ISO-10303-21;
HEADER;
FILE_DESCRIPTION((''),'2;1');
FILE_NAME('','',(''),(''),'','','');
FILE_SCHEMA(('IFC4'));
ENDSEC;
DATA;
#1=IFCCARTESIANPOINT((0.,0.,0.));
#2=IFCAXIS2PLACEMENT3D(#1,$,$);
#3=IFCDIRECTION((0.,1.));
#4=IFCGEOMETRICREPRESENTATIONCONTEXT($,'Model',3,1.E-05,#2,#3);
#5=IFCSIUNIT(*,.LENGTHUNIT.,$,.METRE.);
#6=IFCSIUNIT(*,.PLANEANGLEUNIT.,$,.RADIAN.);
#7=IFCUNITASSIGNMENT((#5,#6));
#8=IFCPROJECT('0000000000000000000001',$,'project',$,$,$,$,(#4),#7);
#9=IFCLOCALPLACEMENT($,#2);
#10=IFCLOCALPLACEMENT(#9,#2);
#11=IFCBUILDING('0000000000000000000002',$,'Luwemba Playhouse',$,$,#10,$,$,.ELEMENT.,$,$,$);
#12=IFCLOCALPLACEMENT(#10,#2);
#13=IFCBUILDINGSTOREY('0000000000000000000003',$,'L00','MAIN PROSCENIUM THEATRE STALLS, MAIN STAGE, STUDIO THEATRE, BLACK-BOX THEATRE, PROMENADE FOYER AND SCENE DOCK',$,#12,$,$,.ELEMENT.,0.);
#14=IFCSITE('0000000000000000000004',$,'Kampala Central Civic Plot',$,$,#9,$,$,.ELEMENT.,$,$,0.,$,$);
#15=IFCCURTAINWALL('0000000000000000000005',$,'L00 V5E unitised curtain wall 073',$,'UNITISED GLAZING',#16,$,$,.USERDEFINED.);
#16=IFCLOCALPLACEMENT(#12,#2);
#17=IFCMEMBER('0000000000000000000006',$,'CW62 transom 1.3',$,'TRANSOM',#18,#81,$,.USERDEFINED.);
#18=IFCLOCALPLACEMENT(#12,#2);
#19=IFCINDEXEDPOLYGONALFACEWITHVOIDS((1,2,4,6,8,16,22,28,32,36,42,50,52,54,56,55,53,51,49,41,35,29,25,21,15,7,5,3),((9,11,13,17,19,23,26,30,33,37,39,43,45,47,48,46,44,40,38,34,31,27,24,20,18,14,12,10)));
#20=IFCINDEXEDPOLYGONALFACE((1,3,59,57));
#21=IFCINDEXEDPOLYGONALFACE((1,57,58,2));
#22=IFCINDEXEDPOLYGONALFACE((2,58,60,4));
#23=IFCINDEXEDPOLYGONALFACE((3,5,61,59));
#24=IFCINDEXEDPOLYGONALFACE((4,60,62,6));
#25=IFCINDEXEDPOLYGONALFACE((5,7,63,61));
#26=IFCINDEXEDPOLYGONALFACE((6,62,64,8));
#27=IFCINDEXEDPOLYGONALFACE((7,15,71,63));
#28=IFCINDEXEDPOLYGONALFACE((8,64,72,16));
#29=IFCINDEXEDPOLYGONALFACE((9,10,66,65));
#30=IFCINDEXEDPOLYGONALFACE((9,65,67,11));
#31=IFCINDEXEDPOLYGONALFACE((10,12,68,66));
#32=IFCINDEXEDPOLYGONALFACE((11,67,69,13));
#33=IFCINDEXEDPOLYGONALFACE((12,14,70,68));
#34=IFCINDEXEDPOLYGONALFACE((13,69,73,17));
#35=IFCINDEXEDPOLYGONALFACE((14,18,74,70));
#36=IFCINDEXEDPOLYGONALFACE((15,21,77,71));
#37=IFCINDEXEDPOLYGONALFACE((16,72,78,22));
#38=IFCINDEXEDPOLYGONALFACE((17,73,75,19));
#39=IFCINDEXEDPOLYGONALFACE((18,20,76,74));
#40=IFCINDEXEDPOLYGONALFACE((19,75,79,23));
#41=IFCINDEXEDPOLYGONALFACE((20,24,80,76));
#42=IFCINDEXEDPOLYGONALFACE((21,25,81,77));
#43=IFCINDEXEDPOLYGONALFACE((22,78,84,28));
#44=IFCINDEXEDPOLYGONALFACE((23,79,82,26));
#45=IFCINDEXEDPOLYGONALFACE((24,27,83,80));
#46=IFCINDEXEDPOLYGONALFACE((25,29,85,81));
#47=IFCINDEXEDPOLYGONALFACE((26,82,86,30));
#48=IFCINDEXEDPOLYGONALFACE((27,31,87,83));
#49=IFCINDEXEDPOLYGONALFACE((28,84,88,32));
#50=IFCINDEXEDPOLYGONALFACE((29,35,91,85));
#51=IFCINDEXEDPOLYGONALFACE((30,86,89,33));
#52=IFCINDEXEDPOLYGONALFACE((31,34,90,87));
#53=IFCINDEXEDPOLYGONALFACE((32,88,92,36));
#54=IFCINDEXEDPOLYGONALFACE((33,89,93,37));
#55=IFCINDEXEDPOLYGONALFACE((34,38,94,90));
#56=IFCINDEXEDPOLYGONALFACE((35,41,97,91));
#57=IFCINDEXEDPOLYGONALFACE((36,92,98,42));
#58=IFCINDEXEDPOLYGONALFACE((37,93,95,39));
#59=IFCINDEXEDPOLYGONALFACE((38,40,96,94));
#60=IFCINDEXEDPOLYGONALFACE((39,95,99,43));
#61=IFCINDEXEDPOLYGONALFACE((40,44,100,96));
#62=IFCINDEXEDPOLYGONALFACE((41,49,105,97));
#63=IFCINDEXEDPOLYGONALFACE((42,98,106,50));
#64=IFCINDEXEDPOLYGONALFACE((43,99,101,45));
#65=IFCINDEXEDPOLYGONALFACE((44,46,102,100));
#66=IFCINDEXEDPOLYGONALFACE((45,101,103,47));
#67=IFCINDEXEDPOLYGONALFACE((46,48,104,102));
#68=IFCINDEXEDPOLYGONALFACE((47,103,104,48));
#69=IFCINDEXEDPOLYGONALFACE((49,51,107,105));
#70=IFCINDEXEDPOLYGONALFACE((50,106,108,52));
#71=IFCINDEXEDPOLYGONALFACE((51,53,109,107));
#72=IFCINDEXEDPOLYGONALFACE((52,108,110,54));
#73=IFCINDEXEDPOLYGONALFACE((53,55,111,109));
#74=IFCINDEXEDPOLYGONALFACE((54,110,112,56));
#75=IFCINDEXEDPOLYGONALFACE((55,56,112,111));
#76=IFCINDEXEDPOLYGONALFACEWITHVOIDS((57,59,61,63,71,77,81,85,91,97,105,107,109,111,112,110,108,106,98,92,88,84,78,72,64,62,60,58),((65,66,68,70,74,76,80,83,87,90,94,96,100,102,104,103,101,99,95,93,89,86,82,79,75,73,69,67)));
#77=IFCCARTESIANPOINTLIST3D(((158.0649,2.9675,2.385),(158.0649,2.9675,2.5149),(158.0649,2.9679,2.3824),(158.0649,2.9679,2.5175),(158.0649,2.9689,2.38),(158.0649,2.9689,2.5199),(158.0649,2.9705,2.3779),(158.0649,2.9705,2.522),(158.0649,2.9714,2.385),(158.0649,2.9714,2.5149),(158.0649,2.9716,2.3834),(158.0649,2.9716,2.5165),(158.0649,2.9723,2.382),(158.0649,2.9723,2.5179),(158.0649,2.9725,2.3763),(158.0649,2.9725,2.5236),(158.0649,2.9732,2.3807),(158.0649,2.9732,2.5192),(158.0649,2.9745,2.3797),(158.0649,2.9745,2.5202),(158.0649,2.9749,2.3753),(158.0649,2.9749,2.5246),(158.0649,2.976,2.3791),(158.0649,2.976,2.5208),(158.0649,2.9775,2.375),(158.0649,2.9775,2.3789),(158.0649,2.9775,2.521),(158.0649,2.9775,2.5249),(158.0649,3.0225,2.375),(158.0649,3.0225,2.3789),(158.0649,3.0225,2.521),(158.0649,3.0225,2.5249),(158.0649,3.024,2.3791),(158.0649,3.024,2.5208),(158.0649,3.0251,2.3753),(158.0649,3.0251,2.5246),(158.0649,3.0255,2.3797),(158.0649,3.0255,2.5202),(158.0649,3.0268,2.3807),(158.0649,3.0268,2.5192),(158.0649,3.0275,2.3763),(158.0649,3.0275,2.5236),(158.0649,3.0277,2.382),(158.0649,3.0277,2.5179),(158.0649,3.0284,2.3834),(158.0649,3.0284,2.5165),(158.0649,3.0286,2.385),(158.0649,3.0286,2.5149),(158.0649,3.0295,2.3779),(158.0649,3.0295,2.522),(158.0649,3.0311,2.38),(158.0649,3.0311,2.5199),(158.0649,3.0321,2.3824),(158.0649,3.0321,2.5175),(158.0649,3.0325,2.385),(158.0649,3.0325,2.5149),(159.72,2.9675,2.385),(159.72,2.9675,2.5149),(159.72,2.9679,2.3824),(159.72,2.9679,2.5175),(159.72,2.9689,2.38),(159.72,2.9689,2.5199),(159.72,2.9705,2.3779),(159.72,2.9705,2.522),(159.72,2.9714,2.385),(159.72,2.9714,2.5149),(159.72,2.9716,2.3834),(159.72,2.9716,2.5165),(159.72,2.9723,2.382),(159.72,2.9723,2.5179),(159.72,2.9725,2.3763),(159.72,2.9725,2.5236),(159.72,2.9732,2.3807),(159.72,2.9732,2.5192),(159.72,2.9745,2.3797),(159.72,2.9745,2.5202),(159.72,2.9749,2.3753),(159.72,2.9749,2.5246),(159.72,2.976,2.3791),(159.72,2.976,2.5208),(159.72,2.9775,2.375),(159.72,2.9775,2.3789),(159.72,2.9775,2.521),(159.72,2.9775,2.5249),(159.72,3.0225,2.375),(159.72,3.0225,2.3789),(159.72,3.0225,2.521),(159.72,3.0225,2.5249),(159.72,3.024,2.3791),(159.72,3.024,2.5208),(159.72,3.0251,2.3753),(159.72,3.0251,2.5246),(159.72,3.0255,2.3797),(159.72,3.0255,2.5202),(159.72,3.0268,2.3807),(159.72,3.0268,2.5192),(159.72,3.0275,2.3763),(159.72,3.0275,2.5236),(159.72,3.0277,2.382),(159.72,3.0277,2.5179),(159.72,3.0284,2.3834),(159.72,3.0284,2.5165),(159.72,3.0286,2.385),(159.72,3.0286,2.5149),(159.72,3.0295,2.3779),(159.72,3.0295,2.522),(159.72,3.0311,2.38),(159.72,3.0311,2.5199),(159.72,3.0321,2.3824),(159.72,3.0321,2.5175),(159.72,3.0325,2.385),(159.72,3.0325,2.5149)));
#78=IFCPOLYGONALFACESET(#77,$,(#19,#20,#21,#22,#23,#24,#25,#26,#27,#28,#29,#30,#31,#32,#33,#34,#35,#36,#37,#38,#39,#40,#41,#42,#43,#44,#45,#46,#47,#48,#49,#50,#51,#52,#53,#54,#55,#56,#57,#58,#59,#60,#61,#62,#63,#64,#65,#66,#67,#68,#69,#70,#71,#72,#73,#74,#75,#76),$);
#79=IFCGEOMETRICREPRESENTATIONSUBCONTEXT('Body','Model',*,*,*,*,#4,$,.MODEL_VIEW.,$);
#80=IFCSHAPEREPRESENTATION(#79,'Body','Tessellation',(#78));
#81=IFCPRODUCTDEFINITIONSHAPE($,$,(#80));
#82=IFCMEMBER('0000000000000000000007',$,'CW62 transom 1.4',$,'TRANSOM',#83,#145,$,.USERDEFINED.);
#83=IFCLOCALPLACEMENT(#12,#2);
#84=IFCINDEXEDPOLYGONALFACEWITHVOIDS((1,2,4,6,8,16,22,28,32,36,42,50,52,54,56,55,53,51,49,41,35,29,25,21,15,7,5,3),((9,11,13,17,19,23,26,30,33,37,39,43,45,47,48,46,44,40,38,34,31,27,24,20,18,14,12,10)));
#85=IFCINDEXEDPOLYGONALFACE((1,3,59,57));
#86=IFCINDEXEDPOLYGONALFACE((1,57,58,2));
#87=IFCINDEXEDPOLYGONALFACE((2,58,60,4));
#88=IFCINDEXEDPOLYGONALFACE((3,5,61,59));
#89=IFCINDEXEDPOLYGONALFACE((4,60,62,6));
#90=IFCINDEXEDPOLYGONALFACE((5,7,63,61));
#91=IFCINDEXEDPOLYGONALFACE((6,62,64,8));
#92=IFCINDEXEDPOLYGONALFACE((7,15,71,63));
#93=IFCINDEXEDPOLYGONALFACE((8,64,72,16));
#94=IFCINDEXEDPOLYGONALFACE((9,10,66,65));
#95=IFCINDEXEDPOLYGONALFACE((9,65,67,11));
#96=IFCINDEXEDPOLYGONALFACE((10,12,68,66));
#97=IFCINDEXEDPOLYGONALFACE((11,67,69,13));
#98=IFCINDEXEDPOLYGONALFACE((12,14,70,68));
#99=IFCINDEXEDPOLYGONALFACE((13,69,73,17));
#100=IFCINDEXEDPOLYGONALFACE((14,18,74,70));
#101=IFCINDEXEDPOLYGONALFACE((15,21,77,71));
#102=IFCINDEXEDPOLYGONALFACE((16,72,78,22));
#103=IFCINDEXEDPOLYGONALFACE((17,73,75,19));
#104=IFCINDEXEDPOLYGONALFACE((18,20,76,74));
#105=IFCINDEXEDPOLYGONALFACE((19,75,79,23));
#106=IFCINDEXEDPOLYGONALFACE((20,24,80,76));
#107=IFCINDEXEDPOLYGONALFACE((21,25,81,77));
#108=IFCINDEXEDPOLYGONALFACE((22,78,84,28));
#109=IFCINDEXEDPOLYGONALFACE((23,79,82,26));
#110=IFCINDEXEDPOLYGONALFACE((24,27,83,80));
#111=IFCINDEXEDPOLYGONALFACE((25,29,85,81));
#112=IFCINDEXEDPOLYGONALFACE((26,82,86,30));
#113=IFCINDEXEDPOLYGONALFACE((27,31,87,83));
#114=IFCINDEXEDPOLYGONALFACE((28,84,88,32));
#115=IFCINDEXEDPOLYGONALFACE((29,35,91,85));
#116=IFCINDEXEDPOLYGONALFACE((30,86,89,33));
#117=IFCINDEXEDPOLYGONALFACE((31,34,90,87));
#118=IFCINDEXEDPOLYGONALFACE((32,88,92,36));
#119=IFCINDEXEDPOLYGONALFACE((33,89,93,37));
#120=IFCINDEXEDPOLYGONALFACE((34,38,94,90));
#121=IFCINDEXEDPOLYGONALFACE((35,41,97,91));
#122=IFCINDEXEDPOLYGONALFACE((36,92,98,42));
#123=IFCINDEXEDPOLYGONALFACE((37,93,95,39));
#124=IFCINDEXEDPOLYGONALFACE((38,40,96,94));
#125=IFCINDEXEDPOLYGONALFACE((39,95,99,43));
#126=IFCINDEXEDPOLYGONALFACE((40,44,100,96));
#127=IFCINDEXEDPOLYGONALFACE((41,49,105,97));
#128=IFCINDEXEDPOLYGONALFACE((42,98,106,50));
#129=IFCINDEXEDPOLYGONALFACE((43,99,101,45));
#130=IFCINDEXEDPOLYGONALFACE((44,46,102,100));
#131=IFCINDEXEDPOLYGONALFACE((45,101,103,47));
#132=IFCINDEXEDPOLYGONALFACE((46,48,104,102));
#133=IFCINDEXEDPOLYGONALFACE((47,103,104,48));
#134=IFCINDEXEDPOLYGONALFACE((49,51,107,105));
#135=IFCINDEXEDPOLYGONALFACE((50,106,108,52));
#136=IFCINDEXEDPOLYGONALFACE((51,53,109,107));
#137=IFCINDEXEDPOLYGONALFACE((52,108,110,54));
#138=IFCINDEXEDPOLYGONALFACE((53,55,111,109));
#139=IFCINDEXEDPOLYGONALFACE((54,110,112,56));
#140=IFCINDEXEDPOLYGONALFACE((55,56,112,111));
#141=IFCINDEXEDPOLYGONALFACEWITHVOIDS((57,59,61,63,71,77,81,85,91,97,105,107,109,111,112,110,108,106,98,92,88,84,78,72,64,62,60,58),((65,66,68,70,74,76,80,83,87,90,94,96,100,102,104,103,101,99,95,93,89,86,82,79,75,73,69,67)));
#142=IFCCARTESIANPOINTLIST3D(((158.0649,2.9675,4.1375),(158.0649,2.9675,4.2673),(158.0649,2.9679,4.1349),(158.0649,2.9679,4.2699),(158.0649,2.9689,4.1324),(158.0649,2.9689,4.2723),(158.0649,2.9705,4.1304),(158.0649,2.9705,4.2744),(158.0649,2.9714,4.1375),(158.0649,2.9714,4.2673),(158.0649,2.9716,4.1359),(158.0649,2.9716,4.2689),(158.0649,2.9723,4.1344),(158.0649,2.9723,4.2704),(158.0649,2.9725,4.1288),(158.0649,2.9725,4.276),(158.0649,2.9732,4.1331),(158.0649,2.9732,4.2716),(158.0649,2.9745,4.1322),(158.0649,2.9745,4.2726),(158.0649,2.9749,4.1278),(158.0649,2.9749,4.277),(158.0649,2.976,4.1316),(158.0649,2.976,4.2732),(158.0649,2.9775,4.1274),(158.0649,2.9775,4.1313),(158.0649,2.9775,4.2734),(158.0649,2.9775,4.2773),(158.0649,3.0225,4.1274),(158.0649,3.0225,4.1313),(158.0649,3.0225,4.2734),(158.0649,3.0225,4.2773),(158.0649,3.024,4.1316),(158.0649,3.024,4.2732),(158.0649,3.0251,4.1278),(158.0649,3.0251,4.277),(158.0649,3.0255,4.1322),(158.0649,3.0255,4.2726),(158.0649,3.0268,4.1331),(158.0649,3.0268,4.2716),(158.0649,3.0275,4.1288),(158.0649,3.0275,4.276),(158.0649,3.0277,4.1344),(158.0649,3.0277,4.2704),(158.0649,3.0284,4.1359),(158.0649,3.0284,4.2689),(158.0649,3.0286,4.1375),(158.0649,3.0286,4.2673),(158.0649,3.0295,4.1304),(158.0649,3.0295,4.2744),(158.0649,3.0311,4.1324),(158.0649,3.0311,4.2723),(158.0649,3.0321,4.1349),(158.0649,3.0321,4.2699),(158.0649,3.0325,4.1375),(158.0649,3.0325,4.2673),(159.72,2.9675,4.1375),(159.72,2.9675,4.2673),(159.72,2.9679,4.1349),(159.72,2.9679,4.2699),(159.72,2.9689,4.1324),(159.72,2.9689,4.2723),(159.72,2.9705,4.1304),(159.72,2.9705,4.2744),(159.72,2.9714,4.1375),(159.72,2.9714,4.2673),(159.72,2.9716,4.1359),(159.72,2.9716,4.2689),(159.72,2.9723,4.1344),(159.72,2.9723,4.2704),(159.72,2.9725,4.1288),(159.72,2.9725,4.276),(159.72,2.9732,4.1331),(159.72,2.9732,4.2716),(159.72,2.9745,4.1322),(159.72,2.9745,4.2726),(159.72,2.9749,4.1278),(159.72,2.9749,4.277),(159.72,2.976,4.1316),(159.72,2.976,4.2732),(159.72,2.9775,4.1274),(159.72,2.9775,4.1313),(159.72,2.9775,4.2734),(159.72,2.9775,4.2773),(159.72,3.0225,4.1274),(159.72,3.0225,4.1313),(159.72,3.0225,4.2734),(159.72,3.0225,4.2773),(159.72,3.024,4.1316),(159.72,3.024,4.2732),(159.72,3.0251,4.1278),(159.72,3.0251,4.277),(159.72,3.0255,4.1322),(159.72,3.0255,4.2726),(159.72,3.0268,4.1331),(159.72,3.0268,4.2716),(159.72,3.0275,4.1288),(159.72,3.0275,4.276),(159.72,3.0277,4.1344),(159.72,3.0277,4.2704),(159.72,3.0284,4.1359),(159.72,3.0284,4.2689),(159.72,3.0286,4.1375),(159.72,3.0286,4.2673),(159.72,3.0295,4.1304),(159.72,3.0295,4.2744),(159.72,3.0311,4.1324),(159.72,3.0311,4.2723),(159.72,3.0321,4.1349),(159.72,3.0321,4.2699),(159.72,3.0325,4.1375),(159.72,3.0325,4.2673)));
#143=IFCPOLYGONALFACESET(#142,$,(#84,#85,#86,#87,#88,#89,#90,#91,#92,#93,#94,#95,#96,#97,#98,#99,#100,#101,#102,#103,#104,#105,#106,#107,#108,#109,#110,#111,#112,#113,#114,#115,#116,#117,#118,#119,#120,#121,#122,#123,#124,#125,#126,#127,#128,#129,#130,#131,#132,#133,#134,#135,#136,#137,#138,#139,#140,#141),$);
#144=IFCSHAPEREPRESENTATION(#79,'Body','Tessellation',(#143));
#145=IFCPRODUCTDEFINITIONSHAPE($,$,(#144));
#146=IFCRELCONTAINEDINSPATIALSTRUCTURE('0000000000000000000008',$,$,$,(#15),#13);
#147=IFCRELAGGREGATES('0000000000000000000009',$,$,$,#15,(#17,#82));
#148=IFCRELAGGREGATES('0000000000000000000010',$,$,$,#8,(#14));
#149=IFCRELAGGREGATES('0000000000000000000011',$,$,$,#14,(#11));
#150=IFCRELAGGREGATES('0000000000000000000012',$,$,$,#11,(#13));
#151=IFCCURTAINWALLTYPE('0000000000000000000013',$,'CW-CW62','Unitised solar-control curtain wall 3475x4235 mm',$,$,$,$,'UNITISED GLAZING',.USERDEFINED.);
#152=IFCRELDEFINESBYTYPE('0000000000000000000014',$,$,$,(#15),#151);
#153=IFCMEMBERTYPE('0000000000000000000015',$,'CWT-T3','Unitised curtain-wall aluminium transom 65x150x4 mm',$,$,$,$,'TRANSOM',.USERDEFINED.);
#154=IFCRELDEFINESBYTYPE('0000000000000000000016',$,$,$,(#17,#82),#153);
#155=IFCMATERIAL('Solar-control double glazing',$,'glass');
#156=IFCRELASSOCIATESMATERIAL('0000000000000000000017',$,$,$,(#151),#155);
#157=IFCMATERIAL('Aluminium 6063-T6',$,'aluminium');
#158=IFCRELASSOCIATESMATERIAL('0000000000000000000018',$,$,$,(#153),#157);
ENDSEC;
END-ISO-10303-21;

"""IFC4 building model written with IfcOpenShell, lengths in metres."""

from ifc_helpers import new_model, si_unit, direction, frame, origin, origin_2d, place, context, subcontext, project, spatial, hollow_rectangle, extrude, material, material_profile, profile_set, type_object, element, aggregate, save


model = new_model("IFC4")

# Units and contexts
model_context = context("Model", 3, precision=1e-05, world=origin(), true_north=direction((0.0, 1.0)))
body_context = subcontext(model_context, "Body", "Model", "MODEL_VIEW")
ifc_project = project(units=[si_unit("LENGTHUNIT", "METRE"), si_unit("PLANEANGLEUNIT", "RADIAN")], contexts=[model_context])

# Site, building, storey
site_placement = place(None, origin())
site = spatial("IfcSite", under=ifc_project, at=site_placement, Name="Kampala Central Civic Plot", CompositionType="ELEMENT", RefElevation=0.0)
building_placement = place(site_placement, origin())
building = spatial("IfcBuilding", under=site, at=building_placement, Name="Luwemba Playhouse", CompositionType="ELEMENT")
storey_placement = place(building_placement, origin())
storey = spatial("IfcBuildingStorey", under=building, at=storey_placement, Name="L00", Description="MAIN PROSCENIUM THEATRE STALLS, MAIN STAGE, STUDIO THEATRE, BLACK-BOX THEATRE, PROMENADE FOYER AND SCENE DOCK", CompositionType="ELEMENT", Elevation=0.0)

# Curtain wall
ifc_material_1 = material(Name="Solar-control double glazing", Category="glass")
ifc_material_2 = material(Name="Aluminium 6063-T6", Category="aluminium")
curtain_wall_type_1 = type_object("IfcCurtainWallType", Name="CW-CW62", Description="Unitised solar-control curtain wall 3475x4235 mm", ElementType="UNITISED GLAZING", PredefinedType="USERDEFINED", material=ifc_material_1)
curtain_wall_1_placement = place(storey_placement, origin())
curtain_wall_1 = element("IfcCurtainWall", 1, at=curtain_wall_1_placement, inside=storey, type_object=curtain_wall_type_1, Name="L00 V5E unitised curtain wall 073", ObjectType="UNITISED GLAZING", PredefinedType="USERDEFINED")

# Members
ifc_material_profile_1 = material_profile(ifc_material_2, hollow_rectangle(XDim=0.0649, YDim=0.1499, WallThickness=0.0039, InnerFilletRadius=0.0061, OuterFilletRadius=0.01, at=origin_2d()))
ifc_profile_set_1 = profile_set([ifc_material_profile_1], Name="Aluminium 6063-T6")
member_type_1 = type_object("IfcMemberType", Name="CWT-T3", Description="Unitised curtain-wall aluminium transom 65x150x4 mm", ElementType="TRANSOM", PredefinedType="USERDEFINED", material=ifc_profile_set_1)
member_1_placement = place(storey_placement, frame((159.72, 3.0, 2.45), z_axis=(-1.0, 0.0, 0.0), x_axis=(0.0, -1.0, 0.0)))
member_1 = element("IfcMember", 2, at=member_1_placement, type_object=member_type_1, Name="CW62 transom 1.3", ObjectType="TRANSOM", PredefinedType="USERDEFINED", context=body_context, shape_type="SweptSolid", body=[
    extrude(hollow_rectangle(XDim=0.0649, YDim=0.1499, WallThickness=0.0039, InnerFilletRadius=0.0061, OuterFilletRadius=0.01, at=origin_2d()), origin(), (0.0, 0.0, 1.0), 1.655),
])
member_2_placement = place(storey_placement, frame((159.72, 3.0, 4.2024), z_axis=(-1.0, 0.0, 0.0), x_axis=(0.0, -1.0, 0.0)))
member_2 = element("IfcMember", 3, at=member_2_placement, type_object=member_type_1, Name="CW62 transom 1.4", ObjectType="TRANSOM", PredefinedType="USERDEFINED", context=body_context, shape_type="SweptSolid", body=[
    extrude(hollow_rectangle(XDim=0.0649, YDim=0.1499, WallThickness=0.0039, InnerFilletRadius=0.0061, OuterFilletRadius=0.01, at=origin_2d()), origin(), (0.0, 0.0, 1.0), 1.655),
])

aggregate(curtain_wall_1, [member_1, member_2])

save(model, "model.ifc")
